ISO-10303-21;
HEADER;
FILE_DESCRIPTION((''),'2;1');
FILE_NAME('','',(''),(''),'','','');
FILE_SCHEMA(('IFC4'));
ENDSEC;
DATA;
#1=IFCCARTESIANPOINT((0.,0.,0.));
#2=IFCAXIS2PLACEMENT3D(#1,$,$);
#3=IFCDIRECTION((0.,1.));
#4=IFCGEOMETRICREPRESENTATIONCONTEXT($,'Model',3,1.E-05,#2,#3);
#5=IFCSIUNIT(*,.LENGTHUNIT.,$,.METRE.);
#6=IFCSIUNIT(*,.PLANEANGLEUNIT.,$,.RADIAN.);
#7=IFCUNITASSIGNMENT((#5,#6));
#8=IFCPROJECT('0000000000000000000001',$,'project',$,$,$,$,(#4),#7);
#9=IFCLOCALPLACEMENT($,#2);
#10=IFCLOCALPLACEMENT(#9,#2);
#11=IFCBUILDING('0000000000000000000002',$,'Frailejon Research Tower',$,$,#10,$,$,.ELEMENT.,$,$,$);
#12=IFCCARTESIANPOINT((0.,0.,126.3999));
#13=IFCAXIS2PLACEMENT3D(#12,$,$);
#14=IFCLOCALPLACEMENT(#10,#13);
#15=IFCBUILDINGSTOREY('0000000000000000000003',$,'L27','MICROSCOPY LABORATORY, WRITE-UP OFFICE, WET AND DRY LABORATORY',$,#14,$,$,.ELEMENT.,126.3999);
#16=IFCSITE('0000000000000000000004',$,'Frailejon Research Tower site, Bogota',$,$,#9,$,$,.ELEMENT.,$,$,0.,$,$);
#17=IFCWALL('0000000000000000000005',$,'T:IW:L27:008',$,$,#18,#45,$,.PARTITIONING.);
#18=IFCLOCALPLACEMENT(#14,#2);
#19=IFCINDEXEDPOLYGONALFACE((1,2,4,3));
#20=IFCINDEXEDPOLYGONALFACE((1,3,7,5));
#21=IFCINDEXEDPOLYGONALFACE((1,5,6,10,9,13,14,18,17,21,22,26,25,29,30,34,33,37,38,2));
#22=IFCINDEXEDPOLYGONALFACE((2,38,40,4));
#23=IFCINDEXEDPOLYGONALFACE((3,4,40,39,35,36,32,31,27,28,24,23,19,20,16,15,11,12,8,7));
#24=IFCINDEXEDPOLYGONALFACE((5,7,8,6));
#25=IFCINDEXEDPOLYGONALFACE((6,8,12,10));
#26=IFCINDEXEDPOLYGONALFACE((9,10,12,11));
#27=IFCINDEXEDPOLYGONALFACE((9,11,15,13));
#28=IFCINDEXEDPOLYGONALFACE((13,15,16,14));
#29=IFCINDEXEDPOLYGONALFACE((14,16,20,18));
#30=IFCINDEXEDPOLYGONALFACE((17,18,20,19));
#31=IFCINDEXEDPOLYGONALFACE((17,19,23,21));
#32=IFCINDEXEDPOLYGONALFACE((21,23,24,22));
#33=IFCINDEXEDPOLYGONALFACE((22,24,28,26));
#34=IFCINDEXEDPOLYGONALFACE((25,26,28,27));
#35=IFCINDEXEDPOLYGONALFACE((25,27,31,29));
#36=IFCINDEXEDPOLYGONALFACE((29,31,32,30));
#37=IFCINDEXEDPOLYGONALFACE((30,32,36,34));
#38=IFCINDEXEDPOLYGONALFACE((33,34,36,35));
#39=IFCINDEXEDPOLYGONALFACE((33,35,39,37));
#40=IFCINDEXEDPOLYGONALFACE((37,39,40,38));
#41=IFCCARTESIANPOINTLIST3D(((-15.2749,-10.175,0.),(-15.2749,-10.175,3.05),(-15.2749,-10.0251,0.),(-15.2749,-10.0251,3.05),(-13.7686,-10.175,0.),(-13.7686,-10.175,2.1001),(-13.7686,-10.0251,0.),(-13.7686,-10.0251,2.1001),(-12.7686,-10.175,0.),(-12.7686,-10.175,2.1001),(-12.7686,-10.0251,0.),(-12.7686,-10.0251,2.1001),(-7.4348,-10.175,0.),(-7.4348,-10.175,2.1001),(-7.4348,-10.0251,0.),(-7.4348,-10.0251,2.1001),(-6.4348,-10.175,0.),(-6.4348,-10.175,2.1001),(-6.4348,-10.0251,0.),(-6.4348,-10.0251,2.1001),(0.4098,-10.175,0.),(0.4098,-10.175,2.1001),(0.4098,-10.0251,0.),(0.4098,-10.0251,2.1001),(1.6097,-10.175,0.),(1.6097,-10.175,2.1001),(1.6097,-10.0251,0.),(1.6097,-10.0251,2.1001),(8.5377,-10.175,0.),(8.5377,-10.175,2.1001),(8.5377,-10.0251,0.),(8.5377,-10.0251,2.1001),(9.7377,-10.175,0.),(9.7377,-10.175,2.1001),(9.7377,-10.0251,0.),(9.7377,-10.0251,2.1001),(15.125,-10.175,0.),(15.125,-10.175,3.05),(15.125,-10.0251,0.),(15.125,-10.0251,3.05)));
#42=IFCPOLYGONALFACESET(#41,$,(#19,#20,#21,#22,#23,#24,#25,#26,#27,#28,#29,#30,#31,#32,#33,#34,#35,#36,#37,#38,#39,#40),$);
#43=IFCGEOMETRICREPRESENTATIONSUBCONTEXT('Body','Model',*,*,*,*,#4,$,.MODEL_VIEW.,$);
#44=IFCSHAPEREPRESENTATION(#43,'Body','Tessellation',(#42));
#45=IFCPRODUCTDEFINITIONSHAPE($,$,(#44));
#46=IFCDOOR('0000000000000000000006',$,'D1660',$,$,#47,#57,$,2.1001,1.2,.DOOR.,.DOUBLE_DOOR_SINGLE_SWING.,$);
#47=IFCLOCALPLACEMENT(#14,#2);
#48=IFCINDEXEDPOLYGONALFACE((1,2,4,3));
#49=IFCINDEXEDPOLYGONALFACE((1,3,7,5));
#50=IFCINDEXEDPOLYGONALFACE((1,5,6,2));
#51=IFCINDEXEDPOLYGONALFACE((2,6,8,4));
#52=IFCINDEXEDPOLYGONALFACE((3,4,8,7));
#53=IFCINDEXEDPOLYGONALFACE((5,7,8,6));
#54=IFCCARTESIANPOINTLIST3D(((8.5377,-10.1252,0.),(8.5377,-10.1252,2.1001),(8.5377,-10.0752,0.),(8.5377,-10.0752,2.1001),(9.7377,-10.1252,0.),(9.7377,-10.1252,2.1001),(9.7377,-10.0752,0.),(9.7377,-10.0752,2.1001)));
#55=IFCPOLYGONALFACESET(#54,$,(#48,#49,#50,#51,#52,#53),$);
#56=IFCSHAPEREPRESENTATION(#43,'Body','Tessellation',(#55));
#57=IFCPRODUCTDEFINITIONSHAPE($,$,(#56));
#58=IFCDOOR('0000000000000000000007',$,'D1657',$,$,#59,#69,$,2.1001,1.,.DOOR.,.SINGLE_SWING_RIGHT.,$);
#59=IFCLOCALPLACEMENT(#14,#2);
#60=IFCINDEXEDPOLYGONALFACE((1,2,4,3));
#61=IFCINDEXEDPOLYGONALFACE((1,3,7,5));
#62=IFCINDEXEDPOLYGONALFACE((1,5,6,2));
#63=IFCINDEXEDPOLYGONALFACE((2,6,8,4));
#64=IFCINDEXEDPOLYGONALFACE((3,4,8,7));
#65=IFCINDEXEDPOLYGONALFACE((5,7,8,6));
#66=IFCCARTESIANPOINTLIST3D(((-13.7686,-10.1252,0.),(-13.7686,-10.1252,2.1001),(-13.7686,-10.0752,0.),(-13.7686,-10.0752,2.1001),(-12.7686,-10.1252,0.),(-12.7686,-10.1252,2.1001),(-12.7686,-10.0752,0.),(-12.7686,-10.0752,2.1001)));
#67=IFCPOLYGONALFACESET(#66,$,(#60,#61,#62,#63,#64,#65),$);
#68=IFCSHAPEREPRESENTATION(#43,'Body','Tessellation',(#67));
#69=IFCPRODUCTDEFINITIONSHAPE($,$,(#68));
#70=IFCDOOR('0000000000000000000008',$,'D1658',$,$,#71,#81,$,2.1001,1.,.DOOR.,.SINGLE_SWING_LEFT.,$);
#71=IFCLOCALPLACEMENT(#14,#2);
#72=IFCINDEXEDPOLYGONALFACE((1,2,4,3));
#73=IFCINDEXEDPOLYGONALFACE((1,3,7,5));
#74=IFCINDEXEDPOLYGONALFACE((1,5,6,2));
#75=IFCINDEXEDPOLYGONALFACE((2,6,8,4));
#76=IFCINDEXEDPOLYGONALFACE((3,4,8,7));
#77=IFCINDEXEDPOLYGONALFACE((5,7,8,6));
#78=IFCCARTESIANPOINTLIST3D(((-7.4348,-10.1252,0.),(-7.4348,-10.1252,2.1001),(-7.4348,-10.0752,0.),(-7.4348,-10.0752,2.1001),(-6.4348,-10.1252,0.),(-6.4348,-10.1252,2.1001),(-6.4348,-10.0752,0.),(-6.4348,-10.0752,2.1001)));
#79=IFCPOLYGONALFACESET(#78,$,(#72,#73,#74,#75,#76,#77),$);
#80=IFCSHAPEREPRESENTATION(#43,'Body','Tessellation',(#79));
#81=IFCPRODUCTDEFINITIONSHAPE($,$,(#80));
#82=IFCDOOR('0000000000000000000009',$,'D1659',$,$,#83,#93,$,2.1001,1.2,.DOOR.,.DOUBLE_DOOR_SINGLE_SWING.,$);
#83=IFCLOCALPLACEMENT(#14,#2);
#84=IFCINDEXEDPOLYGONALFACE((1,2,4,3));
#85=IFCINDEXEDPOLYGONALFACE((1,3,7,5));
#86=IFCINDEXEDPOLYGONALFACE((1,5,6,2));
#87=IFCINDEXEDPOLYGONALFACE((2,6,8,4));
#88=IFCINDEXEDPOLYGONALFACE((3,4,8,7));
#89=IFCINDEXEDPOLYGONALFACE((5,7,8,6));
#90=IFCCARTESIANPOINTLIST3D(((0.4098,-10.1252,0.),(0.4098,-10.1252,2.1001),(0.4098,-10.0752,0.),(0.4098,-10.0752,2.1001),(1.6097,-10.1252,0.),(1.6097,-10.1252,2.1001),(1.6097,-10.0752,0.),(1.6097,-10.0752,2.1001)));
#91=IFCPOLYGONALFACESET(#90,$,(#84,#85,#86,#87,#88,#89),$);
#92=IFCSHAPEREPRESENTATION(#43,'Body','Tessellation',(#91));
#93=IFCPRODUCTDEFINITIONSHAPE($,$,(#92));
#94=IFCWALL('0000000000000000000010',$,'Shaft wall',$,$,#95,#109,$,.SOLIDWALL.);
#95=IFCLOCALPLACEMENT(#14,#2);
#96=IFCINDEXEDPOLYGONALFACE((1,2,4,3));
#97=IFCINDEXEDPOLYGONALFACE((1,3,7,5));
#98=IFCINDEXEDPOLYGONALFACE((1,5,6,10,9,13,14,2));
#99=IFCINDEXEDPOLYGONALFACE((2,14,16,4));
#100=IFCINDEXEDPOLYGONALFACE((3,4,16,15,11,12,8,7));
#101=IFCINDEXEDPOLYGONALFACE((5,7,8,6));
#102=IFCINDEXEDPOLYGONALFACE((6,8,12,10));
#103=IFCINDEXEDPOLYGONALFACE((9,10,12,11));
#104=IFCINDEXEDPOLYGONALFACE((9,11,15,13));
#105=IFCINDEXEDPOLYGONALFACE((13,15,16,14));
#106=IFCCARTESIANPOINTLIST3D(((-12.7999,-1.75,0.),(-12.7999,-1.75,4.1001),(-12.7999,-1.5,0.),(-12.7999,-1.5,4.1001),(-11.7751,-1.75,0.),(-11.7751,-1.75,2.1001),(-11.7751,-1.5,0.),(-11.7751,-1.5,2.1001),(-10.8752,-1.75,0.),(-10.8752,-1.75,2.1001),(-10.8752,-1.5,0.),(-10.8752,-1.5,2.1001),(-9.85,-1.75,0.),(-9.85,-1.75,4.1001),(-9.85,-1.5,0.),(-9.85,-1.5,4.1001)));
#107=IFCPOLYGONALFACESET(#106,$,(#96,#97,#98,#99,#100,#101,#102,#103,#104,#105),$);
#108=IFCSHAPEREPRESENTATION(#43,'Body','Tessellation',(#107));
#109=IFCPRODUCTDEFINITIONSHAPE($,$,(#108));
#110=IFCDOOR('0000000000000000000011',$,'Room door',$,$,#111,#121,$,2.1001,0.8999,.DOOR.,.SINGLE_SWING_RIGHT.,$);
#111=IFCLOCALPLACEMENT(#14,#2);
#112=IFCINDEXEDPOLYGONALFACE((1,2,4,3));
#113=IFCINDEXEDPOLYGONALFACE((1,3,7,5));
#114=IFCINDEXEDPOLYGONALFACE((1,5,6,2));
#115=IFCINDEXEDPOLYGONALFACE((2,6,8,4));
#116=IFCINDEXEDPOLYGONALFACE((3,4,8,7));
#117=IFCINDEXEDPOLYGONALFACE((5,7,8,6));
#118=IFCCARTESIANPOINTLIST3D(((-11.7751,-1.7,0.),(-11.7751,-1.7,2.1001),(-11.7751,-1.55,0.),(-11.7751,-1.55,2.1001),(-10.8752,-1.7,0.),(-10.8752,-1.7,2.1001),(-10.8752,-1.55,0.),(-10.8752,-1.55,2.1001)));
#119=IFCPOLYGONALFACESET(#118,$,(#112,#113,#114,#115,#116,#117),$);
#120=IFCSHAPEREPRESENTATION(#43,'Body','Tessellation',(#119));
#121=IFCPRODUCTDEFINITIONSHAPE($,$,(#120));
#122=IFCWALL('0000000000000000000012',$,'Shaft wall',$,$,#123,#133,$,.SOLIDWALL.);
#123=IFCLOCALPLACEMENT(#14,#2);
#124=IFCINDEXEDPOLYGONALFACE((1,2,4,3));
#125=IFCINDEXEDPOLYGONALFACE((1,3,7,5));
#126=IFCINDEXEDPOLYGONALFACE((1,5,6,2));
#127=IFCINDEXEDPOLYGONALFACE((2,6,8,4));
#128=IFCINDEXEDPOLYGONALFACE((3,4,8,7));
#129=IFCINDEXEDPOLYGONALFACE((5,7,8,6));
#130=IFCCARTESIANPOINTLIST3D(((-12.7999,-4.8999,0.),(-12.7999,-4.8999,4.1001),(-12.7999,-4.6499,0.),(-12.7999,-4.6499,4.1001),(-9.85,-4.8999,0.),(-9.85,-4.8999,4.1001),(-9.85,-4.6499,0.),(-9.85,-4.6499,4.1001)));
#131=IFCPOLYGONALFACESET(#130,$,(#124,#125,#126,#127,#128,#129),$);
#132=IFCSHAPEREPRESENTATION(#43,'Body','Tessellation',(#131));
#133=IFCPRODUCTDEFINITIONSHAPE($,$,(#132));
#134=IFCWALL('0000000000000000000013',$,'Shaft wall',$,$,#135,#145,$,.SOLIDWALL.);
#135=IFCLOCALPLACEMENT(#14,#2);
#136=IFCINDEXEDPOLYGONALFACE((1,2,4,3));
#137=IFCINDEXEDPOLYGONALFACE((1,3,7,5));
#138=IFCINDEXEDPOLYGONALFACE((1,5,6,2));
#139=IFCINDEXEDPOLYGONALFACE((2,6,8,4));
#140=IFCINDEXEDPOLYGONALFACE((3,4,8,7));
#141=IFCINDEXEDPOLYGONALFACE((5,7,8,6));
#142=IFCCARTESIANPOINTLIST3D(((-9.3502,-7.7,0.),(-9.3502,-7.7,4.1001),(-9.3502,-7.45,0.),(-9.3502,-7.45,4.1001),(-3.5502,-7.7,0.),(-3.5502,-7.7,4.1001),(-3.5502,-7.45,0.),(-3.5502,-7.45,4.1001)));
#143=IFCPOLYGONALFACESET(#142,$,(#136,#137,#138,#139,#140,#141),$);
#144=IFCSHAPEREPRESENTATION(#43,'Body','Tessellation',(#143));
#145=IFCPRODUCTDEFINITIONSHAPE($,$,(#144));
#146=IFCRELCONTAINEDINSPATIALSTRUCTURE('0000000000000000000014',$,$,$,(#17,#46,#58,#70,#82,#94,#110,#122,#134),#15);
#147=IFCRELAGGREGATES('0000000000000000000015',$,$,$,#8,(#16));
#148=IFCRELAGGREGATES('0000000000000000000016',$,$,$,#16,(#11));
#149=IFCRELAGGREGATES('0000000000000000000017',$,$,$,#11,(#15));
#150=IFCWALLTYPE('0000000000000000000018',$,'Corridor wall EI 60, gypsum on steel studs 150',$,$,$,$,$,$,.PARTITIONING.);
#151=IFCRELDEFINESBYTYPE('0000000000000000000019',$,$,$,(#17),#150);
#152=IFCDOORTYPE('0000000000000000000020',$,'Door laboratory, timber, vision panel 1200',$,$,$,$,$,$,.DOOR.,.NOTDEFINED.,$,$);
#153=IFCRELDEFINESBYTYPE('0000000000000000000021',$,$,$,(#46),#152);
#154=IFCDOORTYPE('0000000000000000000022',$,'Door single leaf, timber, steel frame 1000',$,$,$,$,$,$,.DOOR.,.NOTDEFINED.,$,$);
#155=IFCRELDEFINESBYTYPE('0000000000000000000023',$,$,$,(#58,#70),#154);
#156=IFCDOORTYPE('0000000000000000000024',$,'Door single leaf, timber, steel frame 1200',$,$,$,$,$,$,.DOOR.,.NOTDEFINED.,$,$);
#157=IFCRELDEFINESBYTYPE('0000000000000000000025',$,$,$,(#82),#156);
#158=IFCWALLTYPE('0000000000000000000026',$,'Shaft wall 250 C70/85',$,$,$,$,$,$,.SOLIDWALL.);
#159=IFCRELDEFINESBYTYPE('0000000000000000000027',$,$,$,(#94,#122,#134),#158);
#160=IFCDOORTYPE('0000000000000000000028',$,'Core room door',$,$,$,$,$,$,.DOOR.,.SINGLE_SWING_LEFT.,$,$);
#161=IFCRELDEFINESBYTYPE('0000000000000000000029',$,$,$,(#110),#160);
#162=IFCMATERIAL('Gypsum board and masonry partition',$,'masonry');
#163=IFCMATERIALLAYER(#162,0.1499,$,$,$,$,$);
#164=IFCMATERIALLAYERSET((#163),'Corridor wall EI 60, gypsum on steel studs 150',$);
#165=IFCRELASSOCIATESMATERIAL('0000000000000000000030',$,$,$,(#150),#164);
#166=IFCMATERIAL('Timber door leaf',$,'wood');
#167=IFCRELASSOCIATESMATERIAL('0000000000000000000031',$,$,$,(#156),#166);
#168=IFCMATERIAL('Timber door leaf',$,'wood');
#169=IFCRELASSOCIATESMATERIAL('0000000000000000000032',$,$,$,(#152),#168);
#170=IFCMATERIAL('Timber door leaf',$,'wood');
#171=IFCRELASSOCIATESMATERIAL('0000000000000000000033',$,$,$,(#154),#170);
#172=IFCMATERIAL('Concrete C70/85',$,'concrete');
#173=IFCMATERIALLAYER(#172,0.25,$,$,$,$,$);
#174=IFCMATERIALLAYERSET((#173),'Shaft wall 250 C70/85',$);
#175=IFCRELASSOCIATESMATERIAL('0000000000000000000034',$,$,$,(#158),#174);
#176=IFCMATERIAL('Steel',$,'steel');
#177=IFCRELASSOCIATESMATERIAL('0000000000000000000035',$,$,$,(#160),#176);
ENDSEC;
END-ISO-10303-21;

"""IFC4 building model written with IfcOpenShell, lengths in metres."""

from ifc_helpers import new_model, si_unit, direction, frame, frame_2d, origin, place, context, subcontext, project, spatial, rectangle, extrude, material, layer, layer_set, type_object, element, fill, save


model = new_model("IFC4")

# Units and contexts
model_context = context("Model", 3, precision=1e-05, world=origin(), true_north=direction((0.0, 1.0)))
body_context = subcontext(model_context, "Body", "Model", "MODEL_VIEW")
ifc_project = project(units=[si_unit("LENGTHUNIT", "METRE"), si_unit("PLANEANGLEUNIT", "RADIAN")], contexts=[model_context])

# Site, building, storey
site_placement = place(None, origin())
site = spatial("IfcSite", under=ifc_project, at=site_placement, Name="Frailejon Research Tower site, Bogota", CompositionType="ELEMENT", RefElevation=0.0)
building_placement = place(site_placement, origin())
building = spatial("IfcBuilding", under=site, at=building_placement, Name="Frailejon Research Tower", CompositionType="ELEMENT")
storey_placement = place(building_placement, frame((0.0, 0.0, 126.3999)))
storey = spatial("IfcBuildingStorey", under=building, at=storey_placement, Name="L27", Description="MICROSCOPY LABORATORY, WRITE-UP OFFICE, WET AND DRY LABORATORY", CompositionType="ELEMENT", Elevation=126.3999)

# Shared definitions
ifc_material_1 = material(Name="Gypsum board and masonry partition", Category="masonry")
ifc_layer_1 = layer(ifc_material_1, 0.1499)
ifc_layer_set_1 = layer_set([ifc_layer_1], Name="Corridor wall EI 60, gypsum on steel studs 150")
wall_type_1 = type_object("IfcWallType", Name="Corridor wall EI 60, gypsum on steel studs 150", PredefinedType="PARTITIONING", material=ifc_layer_set_1)

# Shared definitions
ifc_material_2 = material(Name="Timber door leaf", Category="wood")
door_type_1 = type_object("IfcDoorType", Name="Door single leaf, timber, steel frame 1200", OperationType="NOTDEFINED", PredefinedType="DOOR", material=ifc_material_2)

# Wall, openings, doors
wall_1_placement = place(storey_placement, frame((-15.2749, -10.1001, 0.0), z_axis=(0.0, 0.0, 1.0), x_axis=(1.0, 0.0, 0.0)))
wall_1 = element("IfcWall", 1, at=wall_1_placement, inside=storey, type_object=wall_type_1, Name="T:IW:L27:008", PredefinedType="PARTITIONING", context=body_context, shape_type="SweptSolid", body=[
    extrude(rectangle(XDim=30.3999, YDim=0.1499, at=frame_2d((15.2, 0.0))), origin(), (0.0, 0.0, 1.0), 3.05),
])
opening_1_placement = place(wall_1_placement, frame((1.5063, 0.0, 0.0)))
opening_1 = element("IfcOpeningElement", 2, at=opening_1_placement, cuts=wall_1, PredefinedType="OPENING", context=body_context, shape_type="SweptSolid", body=[
    extrude(rectangle(XDim=1.0, YDim=2.1001, at=frame_2d((0.5, 1.05))), frame((0.0, 0.085, 0.0), z_axis=(0.0, -1.0, 0.0), x_axis=(1.0, 0.0, 0.0)), (0.0, 0.0, 1.0), 0.1699),
])
opening_2_placement = place(wall_1_placement, frame((7.8401, 0.0, 0.0)))
opening_2 = element("IfcOpeningElement", 3, at=opening_2_placement, cuts=wall_1, PredefinedType="OPENING", context=body_context, shape_type="SweptSolid", body=[
    extrude(rectangle(XDim=1.0, YDim=2.1001, at=frame_2d((0.5, 1.05))), frame((0.0, 0.085, 0.0), z_axis=(0.0, -1.0, 0.0), x_axis=(1.0, 0.0, 0.0)), (0.0, 0.0, 1.0), 0.1699),
])
opening_3_placement = place(wall_1_placement, frame((15.6846, 0.0, 0.0)))
opening_3 = element("IfcOpeningElement", 4, at=opening_3_placement, cuts=wall_1, PredefinedType="OPENING", context=body_context, shape_type="SweptSolid", body=[
    extrude(rectangle(XDim=1.2, YDim=2.1001, at=frame_2d((0.6001, 1.05))), frame((0.0, 0.085, 0.0), z_axis=(0.0, -1.0, 0.0), x_axis=(1.0, 0.0, 0.0)), (0.0, 0.0, 1.0), 0.1699),
])
opening_4_placement = place(wall_1_placement, frame((23.8125, 0.0, 0.0)))
opening_4 = element("IfcOpeningElement", 5, at=opening_4_placement, cuts=wall_1, PredefinedType="OPENING", context=body_context, shape_type="SweptSolid", body=[
    extrude(rectangle(XDim=1.2, YDim=2.1001, at=frame_2d((0.6001, 1.05))), frame((0.0, 0.085, 0.0), z_axis=(0.0, -1.0, 0.0), x_axis=(1.0, 0.0, 0.0)), (0.0, 0.0, 1.0), 0.1699),
])
ifc_material_3 = material(Name="Timber door leaf", Category="wood")
door_type_2 = type_object("IfcDoorType", Name="Door laboratory, timber, vision panel 1200", OperationType="NOTDEFINED", PredefinedType="DOOR", material=ifc_material_3)
door_1_placement = place(opening_4_placement, origin())
door_1 = element("IfcDoor", 6, at=door_1_placement, inside=storey, type_object=door_type_2, Name="D1660", OperationType="DOUBLE_DOOR_SINGLE_SWING", OverallHeight=2.1001, OverallWidth=1.2, PredefinedType="DOOR", context=body_context, shape_type="SweptSolid", body=[
    extrude(rectangle(XDim=1.2, YDim=2.1001, at=frame_2d((0.6001, 1.05))), frame((0.0, 0.0249, 0.0), z_axis=(0.0, -1.0, 0.0), x_axis=(1.0, 0.0, 0.0)), (0.0, 0.0, 1.0), 0.05),
])
fill(opening_4, door_1)
ifc_material_4 = material(Name="Timber door leaf", Category="wood")
door_type_3 = type_object("IfcDoorType", Name="Door single leaf, timber, steel frame 1000", OperationType="NOTDEFINED", PredefinedType="DOOR", material=ifc_material_4)
door_2_placement = place(opening_1_placement, origin())
door_2 = element("IfcDoor", 7, at=door_2_placement, inside=storey, type_object=door_type_3, Name="D1657", OperationType="SINGLE_SWING_RIGHT", OverallHeight=2.1001, OverallWidth=1.0, PredefinedType="DOOR", context=body_context, shape_type="SweptSolid", body=[
    extrude(rectangle(XDim=1.0, YDim=2.1001, at=frame_2d((0.5, 1.05))), frame((0.0, 0.0249, 0.0), z_axis=(0.0, -1.0, 0.0), x_axis=(1.0, 0.0, 0.0)), (0.0, 0.0, 1.0), 0.05),
])
fill(opening_1, door_2)
door_3_placement = place(opening_2_placement, origin())
door_3 = element("IfcDoor", 8, at=door_3_placement, inside=storey, type_object=door_type_3, Name="D1658", OperationType="SINGLE_SWING_LEFT", OverallHeight=2.1001, OverallWidth=1.0, PredefinedType="DOOR", context=body_context, shape_type="SweptSolid", body=[
    extrude(rectangle(XDim=1.0, YDim=2.1001, at=frame_2d((0.5, 1.05))), frame((0.0, 0.0249, 0.0), z_axis=(0.0, -1.0, 0.0), x_axis=(1.0, 0.0, 0.0)), (0.0, 0.0, 1.0), 0.05),
])
fill(opening_2, door_3)
door_4_placement = place(opening_3_placement, origin())
door_4 = element("IfcDoor", 9, at=door_4_placement, inside=storey, type_object=door_type_1, Name="D1659", OperationType="DOUBLE_DOOR_SINGLE_SWING", OverallHeight=2.1001, OverallWidth=1.2, PredefinedType="DOOR", context=body_context, shape_type="SweptSolid", body=[
    extrude(rectangle(XDim=1.2, YDim=2.1001, at=frame_2d((0.6001, 1.05))), frame((0.0, 0.0249, 0.0), z_axis=(0.0, -1.0, 0.0), x_axis=(1.0, 0.0, 0.0)), (0.0, 0.0, 1.0), 0.05),
])
fill(opening_3, door_4)

# Wall, opening, door
ifc_material_5 = material(Name="Concrete C70/85", Category="concrete")
ifc_layer_2 = layer(ifc_material_5, 0.25)
ifc_layer_set_2 = layer_set([ifc_layer_2], Name="Shaft wall 250 C70/85")
wall_type_2 = type_object("IfcWallType", Name="Shaft wall 250 C70/85", PredefinedType="SOLIDWALL", material=ifc_layer_set_2)
wall_2_placement = place(storey_placement, frame((-12.8, -1.625, 0.0), z_axis=(0.0, 0.0, 1.0), x_axis=(1.0, 0.0, 0.0)))
wall_2 = element("IfcWall", 10, at=wall_2_placement, inside=storey, type_object=wall_type_2, Name="Shaft wall", PredefinedType="SOLIDWALL", context=body_context, shape_type="SweptSolid", body=[
    extrude(rectangle(XDim=2.95, YDim=0.25, at=frame_2d((1.4751, 0.0))), origin(), (0.0, 0.0, 1.0), 4.1001),
])
opening_5_placement = place(wall_2_placement, frame((1.0249, 0.0, 0.0)))
opening_5 = element("IfcOpeningElement", 11, at=opening_5_placement, cuts=wall_2, PredefinedType="OPENING", context=body_context, shape_type="SweptSolid", body=[
    extrude(rectangle(XDim=0.8999, YDim=2.1001, at=frame_2d((0.45, 1.05))), frame((0.0, 0.135, 0.0), z_axis=(0.0, -1.0, 0.0), x_axis=(1.0, 0.0, 0.0)), (0.0, 0.0, 1.0), 0.27),
])
ifc_material_6 = material(Name="Steel", Category="steel")
door_type_4 = type_object("IfcDoorType", Name="Core room door", OperationType="SINGLE_SWING_LEFT", PredefinedType="DOOR", material=ifc_material_6)
door_5_placement = place(opening_5_placement, origin())
door_5 = element("IfcDoor", 12, at=door_5_placement, inside=storey, type_object=door_type_4, Name="Room door", OperationType="SINGLE_SWING_RIGHT", OverallHeight=2.1001, OverallWidth=0.8999, PredefinedType="DOOR", context=body_context, shape_type="SweptSolid", body=[
    extrude(rectangle(XDim=0.8999, YDim=2.1001, at=frame_2d((0.45, 1.05))), frame((0.0, 0.075, 0.0), z_axis=(0.0, -1.0, 0.0), x_axis=(1.0, 0.0, 0.0)), (0.0, 0.0, 1.0), 0.1499),
])
fill(opening_5, door_5)

# Walls
wall_3_placement = place(storey_placement, frame((-12.8, -4.7749, 0.0), z_axis=(0.0, 0.0, 1.0), x_axis=(1.0, 0.0, 0.0)))
element("IfcWall", 13, at=wall_3_placement, inside=storey, type_object=wall_type_2, Name="Shaft wall", PredefinedType="SOLIDWALL", context=body_context, shape_type="SweptSolid", body=[
    extrude(rectangle(XDim=2.95, YDim=0.25, at=frame_2d((1.4751, 0.0))), origin(), (0.0, 0.0, 1.0), 4.1001),
])
wall_4_placement = place(storey_placement, frame((-9.3501, -7.575, 0.0), z_axis=(0.0, 0.0, 1.0), x_axis=(1.0, 0.0, 0.0)))
element("IfcWall", 14, at=wall_4_placement, inside=storey, type_object=wall_type_2, Name="Shaft wall", PredefinedType="SOLIDWALL", context=body_context, shape_type="SweptSolid", body=[
    extrude(rectangle(XDim=5.8, YDim=0.25, at=frame_2d((2.8999, 0.0))), origin(), (0.0, 0.0, 1.0), 4.1001),
])

save(model, "model.ifc")
